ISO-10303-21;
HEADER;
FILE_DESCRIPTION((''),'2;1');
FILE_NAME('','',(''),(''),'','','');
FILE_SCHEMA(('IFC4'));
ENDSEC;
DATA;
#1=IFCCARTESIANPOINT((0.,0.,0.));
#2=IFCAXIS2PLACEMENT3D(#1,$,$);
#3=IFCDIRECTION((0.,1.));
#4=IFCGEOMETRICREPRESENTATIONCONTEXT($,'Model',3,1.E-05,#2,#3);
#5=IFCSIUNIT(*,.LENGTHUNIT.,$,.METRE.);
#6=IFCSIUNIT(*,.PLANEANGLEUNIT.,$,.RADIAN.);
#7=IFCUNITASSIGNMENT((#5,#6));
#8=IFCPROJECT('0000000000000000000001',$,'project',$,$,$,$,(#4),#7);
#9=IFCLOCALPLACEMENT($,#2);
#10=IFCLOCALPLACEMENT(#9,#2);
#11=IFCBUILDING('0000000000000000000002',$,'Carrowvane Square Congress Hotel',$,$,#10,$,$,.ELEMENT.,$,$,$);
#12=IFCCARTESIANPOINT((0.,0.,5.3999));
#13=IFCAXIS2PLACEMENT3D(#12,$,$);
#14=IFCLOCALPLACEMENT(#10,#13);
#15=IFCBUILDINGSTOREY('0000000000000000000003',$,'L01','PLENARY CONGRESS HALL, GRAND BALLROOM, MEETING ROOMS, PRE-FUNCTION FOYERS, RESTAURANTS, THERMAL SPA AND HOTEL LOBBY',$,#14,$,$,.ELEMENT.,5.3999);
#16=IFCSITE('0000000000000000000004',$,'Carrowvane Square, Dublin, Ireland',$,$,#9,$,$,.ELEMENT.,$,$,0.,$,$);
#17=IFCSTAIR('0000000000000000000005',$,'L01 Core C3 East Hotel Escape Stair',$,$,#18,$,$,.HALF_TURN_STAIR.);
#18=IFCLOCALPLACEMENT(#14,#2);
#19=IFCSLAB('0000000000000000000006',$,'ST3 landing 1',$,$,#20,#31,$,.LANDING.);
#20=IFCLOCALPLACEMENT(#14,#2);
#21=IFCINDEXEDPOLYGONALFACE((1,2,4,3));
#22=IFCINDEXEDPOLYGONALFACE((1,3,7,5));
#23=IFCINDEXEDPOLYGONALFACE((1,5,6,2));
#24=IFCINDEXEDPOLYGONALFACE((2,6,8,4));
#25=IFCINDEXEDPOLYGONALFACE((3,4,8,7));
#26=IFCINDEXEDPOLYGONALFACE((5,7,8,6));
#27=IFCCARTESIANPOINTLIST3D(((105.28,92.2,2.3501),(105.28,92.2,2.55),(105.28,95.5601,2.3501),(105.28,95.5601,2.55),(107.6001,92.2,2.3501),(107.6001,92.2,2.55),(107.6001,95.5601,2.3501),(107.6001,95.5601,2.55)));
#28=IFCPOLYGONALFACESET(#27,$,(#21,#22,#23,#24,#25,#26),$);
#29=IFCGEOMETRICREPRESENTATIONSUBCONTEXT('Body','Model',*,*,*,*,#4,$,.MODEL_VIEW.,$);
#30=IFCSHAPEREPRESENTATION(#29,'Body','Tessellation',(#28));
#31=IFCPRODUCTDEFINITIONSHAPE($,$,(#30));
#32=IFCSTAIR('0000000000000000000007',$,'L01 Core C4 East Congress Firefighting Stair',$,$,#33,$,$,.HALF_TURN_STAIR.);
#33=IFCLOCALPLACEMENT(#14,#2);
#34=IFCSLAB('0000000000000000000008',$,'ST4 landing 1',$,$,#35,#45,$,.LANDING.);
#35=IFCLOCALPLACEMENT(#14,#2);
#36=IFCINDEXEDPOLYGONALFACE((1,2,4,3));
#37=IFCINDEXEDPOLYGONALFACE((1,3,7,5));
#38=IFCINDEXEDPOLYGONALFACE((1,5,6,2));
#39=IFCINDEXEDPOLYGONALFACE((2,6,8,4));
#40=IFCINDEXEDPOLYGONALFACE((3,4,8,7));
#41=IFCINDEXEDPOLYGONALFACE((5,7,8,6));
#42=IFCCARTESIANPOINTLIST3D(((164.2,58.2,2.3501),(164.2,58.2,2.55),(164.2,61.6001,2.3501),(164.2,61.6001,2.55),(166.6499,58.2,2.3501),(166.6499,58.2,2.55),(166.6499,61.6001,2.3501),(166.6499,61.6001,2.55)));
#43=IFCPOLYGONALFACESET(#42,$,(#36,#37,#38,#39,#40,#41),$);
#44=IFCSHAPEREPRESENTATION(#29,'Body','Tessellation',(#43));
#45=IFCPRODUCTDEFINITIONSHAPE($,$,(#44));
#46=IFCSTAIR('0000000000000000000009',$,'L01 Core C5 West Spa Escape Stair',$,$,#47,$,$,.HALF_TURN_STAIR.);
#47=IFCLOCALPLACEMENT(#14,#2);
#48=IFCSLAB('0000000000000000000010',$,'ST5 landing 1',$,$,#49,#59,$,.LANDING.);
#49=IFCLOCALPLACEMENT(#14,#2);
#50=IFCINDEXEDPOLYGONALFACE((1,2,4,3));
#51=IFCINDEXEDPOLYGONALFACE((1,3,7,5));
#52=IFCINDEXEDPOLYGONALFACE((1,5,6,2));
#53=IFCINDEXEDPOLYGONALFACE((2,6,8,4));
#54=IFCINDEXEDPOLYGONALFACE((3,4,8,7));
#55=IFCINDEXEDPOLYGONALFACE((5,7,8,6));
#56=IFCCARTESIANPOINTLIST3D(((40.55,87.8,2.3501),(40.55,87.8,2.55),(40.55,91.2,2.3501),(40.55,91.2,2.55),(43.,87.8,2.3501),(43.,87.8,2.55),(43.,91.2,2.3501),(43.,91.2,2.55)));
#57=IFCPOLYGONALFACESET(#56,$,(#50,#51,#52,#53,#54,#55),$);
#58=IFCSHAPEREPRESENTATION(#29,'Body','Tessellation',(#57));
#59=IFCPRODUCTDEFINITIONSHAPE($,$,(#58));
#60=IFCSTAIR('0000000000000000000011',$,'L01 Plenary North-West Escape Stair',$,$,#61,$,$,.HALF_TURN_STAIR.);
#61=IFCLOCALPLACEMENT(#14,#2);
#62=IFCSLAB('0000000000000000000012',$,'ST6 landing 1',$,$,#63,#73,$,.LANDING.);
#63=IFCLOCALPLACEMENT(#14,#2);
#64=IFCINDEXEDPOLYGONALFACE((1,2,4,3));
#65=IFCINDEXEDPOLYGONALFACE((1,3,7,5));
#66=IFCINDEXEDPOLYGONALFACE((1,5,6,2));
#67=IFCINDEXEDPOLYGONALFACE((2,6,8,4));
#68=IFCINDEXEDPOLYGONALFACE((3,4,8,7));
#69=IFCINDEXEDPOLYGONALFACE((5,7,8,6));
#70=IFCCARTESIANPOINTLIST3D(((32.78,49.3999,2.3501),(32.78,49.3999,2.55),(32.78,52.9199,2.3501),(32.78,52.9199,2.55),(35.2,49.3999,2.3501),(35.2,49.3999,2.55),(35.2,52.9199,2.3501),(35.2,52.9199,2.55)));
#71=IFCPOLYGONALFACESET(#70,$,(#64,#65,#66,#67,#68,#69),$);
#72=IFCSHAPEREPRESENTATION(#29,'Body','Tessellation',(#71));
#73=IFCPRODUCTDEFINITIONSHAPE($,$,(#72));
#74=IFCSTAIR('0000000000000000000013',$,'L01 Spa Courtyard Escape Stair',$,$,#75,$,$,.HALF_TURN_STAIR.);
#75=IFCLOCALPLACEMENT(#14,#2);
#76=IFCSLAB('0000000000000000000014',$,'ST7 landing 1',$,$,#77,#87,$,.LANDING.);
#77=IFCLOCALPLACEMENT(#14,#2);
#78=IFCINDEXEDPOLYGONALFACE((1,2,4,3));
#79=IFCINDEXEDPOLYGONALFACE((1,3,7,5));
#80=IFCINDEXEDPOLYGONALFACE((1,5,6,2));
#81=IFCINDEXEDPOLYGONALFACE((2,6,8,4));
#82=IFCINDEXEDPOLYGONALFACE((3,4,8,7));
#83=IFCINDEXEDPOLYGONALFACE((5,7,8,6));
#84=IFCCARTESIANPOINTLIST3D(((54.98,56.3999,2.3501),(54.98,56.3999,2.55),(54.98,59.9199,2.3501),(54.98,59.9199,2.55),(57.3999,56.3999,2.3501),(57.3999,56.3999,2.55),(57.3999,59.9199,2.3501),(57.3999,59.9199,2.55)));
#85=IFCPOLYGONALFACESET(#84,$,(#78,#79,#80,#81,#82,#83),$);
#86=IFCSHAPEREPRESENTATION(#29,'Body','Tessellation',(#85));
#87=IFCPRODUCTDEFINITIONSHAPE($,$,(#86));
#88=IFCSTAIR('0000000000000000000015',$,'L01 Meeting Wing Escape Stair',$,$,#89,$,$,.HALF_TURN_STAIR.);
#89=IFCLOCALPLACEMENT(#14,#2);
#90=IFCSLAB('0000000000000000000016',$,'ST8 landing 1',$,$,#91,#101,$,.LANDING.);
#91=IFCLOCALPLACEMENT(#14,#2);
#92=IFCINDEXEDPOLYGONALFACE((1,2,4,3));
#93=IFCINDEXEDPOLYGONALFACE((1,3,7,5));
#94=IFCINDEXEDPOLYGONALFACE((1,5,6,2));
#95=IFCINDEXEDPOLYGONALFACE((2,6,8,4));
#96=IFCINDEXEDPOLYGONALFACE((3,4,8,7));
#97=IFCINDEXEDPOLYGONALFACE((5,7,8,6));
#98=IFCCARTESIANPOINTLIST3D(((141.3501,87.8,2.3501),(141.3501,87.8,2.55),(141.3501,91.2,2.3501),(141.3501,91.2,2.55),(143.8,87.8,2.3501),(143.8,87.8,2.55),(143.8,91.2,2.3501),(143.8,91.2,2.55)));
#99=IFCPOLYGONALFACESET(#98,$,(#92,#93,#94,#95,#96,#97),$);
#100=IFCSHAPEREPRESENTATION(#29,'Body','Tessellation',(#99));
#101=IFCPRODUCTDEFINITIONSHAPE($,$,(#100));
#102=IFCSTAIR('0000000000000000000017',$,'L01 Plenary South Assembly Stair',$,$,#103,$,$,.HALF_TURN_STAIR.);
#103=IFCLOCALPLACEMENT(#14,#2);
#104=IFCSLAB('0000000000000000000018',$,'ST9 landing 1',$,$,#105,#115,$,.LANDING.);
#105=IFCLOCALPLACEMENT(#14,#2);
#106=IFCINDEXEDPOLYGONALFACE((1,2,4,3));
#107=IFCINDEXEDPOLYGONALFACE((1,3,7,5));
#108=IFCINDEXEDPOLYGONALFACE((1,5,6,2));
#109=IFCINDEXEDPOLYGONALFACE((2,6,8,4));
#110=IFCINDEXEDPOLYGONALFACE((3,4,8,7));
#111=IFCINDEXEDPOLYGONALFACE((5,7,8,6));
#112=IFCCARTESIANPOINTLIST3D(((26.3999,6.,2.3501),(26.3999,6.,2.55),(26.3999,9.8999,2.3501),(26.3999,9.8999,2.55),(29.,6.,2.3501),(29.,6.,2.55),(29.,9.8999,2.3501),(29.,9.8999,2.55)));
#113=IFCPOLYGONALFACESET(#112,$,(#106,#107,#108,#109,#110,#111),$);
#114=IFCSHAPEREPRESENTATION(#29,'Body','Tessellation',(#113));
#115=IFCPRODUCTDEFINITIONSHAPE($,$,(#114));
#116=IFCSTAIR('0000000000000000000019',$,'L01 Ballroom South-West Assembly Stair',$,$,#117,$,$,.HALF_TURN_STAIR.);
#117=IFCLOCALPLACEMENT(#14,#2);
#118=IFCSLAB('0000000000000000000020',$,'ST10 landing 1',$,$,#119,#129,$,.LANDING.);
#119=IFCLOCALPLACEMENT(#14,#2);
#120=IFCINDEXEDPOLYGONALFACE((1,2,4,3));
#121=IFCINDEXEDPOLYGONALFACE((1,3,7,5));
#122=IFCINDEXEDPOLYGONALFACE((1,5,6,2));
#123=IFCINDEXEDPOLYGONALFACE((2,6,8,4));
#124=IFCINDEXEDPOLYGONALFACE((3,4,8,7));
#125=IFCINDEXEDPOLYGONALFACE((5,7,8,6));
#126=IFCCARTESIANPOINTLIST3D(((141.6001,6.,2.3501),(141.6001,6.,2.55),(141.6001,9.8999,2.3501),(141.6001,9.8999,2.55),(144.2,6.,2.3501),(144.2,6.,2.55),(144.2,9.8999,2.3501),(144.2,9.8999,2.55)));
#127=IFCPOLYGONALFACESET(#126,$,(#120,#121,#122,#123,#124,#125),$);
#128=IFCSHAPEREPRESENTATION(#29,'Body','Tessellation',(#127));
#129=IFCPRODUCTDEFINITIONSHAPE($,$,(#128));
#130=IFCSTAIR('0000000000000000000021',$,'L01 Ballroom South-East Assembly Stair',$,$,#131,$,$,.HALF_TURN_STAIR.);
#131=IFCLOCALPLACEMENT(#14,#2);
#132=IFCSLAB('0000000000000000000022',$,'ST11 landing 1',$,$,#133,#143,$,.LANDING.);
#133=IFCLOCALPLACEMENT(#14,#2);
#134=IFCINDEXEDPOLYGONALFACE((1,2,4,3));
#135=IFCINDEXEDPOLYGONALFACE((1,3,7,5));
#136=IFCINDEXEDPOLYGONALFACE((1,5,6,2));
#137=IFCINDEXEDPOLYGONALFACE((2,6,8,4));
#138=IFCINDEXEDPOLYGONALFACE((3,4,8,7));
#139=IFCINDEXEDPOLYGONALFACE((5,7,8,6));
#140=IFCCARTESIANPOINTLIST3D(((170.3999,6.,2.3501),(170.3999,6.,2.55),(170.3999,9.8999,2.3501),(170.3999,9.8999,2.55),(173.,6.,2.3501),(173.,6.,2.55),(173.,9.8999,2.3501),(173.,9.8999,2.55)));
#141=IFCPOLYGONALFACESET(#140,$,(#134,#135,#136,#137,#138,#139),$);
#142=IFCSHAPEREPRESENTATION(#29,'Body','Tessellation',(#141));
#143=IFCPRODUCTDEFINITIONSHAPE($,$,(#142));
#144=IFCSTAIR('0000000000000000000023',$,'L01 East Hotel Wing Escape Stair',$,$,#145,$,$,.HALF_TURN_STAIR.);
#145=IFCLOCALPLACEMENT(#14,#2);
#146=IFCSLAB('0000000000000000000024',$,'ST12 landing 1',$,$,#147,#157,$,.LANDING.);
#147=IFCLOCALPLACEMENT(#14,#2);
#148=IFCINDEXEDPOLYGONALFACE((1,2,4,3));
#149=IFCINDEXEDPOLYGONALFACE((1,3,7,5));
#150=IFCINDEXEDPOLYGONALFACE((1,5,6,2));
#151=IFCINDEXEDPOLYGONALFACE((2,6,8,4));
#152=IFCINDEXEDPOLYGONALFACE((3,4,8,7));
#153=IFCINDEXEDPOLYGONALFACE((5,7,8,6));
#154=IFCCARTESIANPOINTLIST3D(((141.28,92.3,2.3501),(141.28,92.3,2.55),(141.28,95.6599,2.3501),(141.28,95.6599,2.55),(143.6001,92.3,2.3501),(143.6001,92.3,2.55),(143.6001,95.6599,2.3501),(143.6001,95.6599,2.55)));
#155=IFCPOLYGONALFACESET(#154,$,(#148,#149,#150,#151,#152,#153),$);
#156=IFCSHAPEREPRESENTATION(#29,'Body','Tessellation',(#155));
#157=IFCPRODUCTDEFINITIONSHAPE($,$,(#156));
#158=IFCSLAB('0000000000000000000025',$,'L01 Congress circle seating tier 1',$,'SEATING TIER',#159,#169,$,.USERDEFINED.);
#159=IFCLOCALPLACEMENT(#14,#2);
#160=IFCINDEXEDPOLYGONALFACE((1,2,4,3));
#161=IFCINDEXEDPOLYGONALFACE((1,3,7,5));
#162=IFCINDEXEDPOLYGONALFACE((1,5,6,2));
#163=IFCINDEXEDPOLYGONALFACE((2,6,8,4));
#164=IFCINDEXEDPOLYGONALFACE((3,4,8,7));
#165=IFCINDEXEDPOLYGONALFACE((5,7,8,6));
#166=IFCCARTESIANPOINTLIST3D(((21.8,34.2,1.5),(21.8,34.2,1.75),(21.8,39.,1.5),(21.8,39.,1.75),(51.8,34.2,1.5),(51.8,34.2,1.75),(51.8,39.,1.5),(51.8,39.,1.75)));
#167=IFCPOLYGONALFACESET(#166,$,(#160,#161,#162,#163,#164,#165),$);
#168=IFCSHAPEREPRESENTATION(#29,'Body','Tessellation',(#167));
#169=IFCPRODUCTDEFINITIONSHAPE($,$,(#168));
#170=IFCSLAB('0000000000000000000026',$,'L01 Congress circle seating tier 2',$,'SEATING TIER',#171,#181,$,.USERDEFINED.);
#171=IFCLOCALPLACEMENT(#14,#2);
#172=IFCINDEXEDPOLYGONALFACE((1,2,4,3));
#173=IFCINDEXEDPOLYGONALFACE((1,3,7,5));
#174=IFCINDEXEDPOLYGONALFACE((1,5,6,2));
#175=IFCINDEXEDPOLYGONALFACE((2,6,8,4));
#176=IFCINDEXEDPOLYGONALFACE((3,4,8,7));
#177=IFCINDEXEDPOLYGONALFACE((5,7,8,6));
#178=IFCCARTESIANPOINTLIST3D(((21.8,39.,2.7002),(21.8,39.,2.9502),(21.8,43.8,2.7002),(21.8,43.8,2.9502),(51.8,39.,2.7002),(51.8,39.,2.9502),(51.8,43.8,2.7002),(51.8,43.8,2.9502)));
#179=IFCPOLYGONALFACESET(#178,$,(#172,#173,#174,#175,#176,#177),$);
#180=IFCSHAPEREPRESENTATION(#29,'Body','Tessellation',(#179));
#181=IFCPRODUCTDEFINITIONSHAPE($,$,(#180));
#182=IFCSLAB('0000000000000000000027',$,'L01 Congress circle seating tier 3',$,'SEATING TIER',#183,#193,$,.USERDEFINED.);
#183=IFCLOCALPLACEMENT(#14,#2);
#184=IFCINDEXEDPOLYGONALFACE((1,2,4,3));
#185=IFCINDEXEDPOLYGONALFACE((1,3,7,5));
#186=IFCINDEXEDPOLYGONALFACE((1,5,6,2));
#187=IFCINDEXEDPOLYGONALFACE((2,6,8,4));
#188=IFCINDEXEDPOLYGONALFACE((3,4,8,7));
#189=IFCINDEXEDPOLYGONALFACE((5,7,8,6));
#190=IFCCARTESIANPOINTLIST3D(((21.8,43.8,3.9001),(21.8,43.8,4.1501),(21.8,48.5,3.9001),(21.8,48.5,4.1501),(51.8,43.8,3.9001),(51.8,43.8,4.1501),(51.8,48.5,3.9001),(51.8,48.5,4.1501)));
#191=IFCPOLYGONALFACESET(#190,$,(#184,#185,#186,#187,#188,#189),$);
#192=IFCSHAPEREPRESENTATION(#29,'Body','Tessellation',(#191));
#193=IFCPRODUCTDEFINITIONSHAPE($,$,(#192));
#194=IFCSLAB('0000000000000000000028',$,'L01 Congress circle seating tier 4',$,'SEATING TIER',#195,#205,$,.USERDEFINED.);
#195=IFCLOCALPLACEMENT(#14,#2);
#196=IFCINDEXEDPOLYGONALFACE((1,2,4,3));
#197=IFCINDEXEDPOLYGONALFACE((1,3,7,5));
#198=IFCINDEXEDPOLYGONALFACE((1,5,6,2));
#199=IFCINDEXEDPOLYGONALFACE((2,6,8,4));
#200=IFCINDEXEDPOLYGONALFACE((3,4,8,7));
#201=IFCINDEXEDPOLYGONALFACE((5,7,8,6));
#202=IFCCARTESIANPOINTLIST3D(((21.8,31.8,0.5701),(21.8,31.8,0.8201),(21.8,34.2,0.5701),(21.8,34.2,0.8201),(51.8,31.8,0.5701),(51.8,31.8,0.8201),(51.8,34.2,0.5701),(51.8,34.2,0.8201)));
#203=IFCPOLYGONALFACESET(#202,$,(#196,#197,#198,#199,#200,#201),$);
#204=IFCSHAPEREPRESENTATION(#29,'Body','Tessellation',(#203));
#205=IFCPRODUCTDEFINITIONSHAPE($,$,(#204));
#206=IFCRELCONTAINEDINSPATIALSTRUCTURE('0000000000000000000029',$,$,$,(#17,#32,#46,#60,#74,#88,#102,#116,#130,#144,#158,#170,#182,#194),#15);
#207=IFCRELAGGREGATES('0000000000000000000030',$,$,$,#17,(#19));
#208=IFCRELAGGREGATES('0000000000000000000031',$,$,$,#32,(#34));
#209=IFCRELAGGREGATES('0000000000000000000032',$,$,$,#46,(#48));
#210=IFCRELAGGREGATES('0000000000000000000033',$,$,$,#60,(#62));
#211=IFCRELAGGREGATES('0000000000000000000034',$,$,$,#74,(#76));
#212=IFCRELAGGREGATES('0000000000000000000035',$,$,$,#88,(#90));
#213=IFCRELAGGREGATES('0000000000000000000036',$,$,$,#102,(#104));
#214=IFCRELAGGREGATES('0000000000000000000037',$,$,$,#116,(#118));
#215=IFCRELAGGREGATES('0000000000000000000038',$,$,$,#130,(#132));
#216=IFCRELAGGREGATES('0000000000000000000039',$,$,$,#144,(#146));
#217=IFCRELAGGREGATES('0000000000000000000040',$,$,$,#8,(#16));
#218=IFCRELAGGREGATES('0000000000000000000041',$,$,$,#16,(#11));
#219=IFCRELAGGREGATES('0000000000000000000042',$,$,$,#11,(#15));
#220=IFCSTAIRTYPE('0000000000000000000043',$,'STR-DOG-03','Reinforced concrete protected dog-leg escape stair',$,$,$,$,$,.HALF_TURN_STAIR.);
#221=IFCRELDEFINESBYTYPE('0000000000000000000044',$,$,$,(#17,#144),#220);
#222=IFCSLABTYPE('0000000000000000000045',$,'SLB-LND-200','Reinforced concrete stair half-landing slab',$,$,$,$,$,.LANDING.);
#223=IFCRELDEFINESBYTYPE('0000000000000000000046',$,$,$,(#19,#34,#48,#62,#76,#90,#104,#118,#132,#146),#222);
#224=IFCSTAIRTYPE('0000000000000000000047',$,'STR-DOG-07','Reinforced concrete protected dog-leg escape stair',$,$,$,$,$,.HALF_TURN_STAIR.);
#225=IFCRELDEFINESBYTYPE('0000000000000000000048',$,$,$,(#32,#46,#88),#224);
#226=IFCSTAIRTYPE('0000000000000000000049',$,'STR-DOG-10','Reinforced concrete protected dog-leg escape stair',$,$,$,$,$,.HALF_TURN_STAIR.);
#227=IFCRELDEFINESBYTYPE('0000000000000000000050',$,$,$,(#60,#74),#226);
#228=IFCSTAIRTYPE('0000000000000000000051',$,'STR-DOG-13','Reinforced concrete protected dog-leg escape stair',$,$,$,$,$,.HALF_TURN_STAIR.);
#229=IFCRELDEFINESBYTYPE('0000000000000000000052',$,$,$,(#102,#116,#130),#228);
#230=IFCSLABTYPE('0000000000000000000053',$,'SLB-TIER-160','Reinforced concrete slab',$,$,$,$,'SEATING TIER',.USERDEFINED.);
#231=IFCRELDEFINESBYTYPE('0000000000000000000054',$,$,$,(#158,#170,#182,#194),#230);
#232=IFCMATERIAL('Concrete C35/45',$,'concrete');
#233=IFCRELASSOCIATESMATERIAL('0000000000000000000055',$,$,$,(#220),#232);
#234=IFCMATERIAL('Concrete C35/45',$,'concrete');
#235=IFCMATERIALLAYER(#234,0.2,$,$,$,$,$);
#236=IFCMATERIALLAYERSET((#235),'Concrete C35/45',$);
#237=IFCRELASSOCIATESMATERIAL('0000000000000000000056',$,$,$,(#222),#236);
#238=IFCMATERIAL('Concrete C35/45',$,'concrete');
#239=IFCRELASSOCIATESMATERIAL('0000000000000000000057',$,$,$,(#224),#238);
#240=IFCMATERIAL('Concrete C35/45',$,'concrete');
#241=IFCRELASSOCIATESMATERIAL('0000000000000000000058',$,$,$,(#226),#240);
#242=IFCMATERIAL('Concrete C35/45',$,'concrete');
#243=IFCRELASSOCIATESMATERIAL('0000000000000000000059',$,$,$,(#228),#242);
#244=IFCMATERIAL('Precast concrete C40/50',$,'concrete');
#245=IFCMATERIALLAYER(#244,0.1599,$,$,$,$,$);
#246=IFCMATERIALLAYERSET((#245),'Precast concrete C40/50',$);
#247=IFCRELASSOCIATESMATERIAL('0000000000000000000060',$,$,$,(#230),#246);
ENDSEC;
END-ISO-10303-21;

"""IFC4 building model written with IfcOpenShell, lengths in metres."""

from ifc_helpers import new_model, si_unit, direction, frame, origin, place, context, subcontext, project, spatial, polyline, outline, extrude, material, layer, layer_set, type_object, element, aggregate, save


model = new_model("IFC4")

# Units and contexts
model_context = context("Model", 3, precision=1e-05, world=origin(), true_north=direction((0.0, 1.0)))
body_context = subcontext(model_context, "Body", "Model", "MODEL_VIEW")
ifc_project = project(units=[si_unit("LENGTHUNIT", "METRE"), si_unit("PLANEANGLEUNIT", "RADIAN")], contexts=[model_context])

# Site, building, storey
site_placement = place(None, origin())
site = spatial("IfcSite", under=ifc_project, at=site_placement, Name="Carrowvane Square, Dublin, Ireland", CompositionType="ELEMENT", RefElevation=0.0)
building_placement = place(site_placement, origin())
building = spatial("IfcBuilding", under=site, at=building_placement, Name="Carrowvane Square Congress Hotel", CompositionType="ELEMENT")
storey_placement = place(building_placement, frame((0.0, 0.0, 5.3999)))
storey = spatial("IfcBuildingStorey", under=building, at=storey_placement, Name="L01", Description="PLENARY CONGRESS HALL, GRAND BALLROOM, MEETING ROOMS, PRE-FUNCTION FOYERS, RESTAURANTS, THERMAL SPA AND HOTEL LOBBY", CompositionType="ELEMENT", Elevation=5.3999)

# Stairs, slabs
ifc_material_1 = material(Name="Concrete C35/45", Category="concrete")
stair_type_1 = type_object("IfcStairType", Name="STR-DOG-03", Description="Reinforced concrete protected dog-leg escape stair", PredefinedType="HALF_TURN_STAIR", material=ifc_material_1)
ifc_material_2 = material(Name="Concrete C35/45", Category="concrete")
ifc_layer_1 = layer(ifc_material_2, 0.2)
ifc_layer_set_1 = layer_set([ifc_layer_1], Name="Concrete C35/45")
slab_type_1 = type_object("IfcSlabType", Name="SLB-LND-200", Description="Reinforced concrete stair half-landing slab", PredefinedType="LANDING", material=ifc_layer_set_1)
stair_1_placement = place(storey_placement, origin())
stair_1 = element("IfcStair", 1, at=stair_1_placement, inside=storey, type_object=stair_type_1, Name="L01 Core C3 East Hotel Escape Stair", PredefinedType="HALF_TURN_STAIR")
slab_1_placement = place(storey_placement, frame((0.0, 0.0, 2.3501)))
slab_1 = element("IfcSlab", 2, at=slab_1_placement, type_object=slab_type_1, Name="ST3 landing 1", PredefinedType="LANDING", context=body_context, shape_type="SweptSolid", body=[
    extrude(outline(polyline([(105.28, 92.2), (107.6001, 92.2), (107.6001, 95.5601), (105.28, 95.5601), (105.28, 92.2)])), origin(), (0.0, 0.0, 1.0), 0.2),
])
aggregate(stair_1, [slab_1])
ifc_material_3 = material(Name="Concrete C35/45", Category="concrete")
stair_type_2 = type_object("IfcStairType", Name="STR-DOG-07", Description="Reinforced concrete protected dog-leg escape stair", PredefinedType="HALF_TURN_STAIR", material=ifc_material_3)
stair_2_placement = place(storey_placement, origin())
stair_2 = element("IfcStair", 3, at=stair_2_placement, inside=storey, type_object=stair_type_2, Name="L01 Core C4 East Congress Firefighting Stair", PredefinedType="HALF_TURN_STAIR")
slab_2_placement = place(storey_placement, frame((0.0, 0.0, 2.3501)))
slab_2 = element("IfcSlab", 4, at=slab_2_placement, type_object=slab_type_1, Name="ST4 landing 1", PredefinedType="LANDING", context=body_context, shape_type="SweptSolid", body=[
    extrude(outline(polyline([(166.6499, 61.6001), (164.2, 61.6001), (164.2, 58.2), (166.6499, 58.2), (166.6499, 61.6001)])), origin(), (0.0, 0.0, 1.0), 0.2),
])
aggregate(stair_2, [slab_2])
stair_3_placement = place(storey_placement, origin())
stair_3 = element("IfcStair", 5, at=stair_3_placement, inside=storey, type_object=stair_type_2, Name="L01 Core C5 West Spa Escape Stair", PredefinedType="HALF_TURN_STAIR")
slab_3_placement = place(storey_placement, frame((0.0, 0.0, 2.3501)))
slab_3 = element("IfcSlab", 6, at=slab_3_placement, type_object=slab_type_1, Name="ST5 landing 1", PredefinedType="LANDING", context=body_context, shape_type="SweptSolid", body=[
    extrude(outline(polyline([(40.55, 87.8), (43.0, 87.8), (43.0, 91.2), (40.55, 91.2), (40.55, 87.8)])), origin(), (0.0, 0.0, 1.0), 0.2),
])
aggregate(stair_3, [slab_3])
ifc_material_4 = material(Name="Concrete C35/45", Category="concrete")
stair_type_3 = type_object("IfcStairType", Name="STR-DOG-10", Description="Reinforced concrete protected dog-leg escape stair", PredefinedType="HALF_TURN_STAIR", material=ifc_material_4)
stair_4_placement = place(storey_placement, origin())
stair_4 = element("IfcStair", 7, at=stair_4_placement, inside=storey, type_object=stair_type_3, Name="L01 Plenary North-West Escape Stair", PredefinedType="HALF_TURN_STAIR")
slab_4_placement = place(storey_placement, frame((0.0, 0.0, 2.3501)))
slab_4 = element("IfcSlab", 8, at=slab_4_placement, type_object=slab_type_1, Name="ST6 landing 1", PredefinedType="LANDING", context=body_context, shape_type="SweptSolid", body=[
    extrude(outline(polyline([(32.78, 49.3999), (35.2, 49.3999), (35.2, 52.9199), (32.78, 52.9199), (32.78, 49.3999)])), origin(), (0.0, 0.0, 1.0), 0.2),
])
aggregate(stair_4, [slab_4])
stair_5_placement = place(storey_placement, origin())
stair_5 = element("IfcStair", 9, at=stair_5_placement, inside=storey, type_object=stair_type_3, Name="L01 Spa Courtyard Escape Stair", PredefinedType="HALF_TURN_STAIR")
slab_5_placement = place(storey_placement, frame((0.0, 0.0, 2.3501)))
slab_5 = element("IfcSlab", 10, at=slab_5_placement, type_object=slab_type_1, Name="ST7 landing 1", PredefinedType="LANDING", context=body_context, shape_type="SweptSolid", body=[
    extrude(outline(polyline([(54.98, 56.3999), (57.3999, 56.3999), (57.3999, 59.9199), (54.98, 59.9199), (54.98, 56.3999)])), origin(), (0.0, 0.0, 1.0), 0.2),
])
aggregate(stair_5, [slab_5])
stair_6_placement = place(storey_placement, origin())
stair_6 = element("IfcStair", 11, at=stair_6_placement, inside=storey, type_object=stair_type_2, Name="L01 Meeting Wing Escape Stair", PredefinedType="HALF_TURN_STAIR")
slab_6_placement = place(storey_placement, frame((0.0, 0.0, 2.3501)))
slab_6 = element("IfcSlab", 12, at=slab_6_placement, type_object=slab_type_1, Name="ST8 landing 1", PredefinedType="LANDING", context=body_context, shape_type="SweptSolid", body=[
    extrude(outline(polyline([(141.3501, 87.8), (143.8, 87.8), (143.8, 91.2), (141.3501, 91.2), (141.3501, 87.8)])), origin(), (0.0, 0.0, 1.0), 0.2),
])
aggregate(stair_6, [slab_6])
ifc_material_5 = material(Name="Concrete C35/45", Category="concrete")
stair_type_4 = type_object("IfcStairType", Name="STR-DOG-13", Description="Reinforced concrete protected dog-leg escape stair", PredefinedType="HALF_TURN_STAIR", material=ifc_material_5)
stair_7_placement = place(storey_placement, origin())
stair_7 = element("IfcStair", 13, at=stair_7_placement, inside=storey, type_object=stair_type_4, Name="L01 Plenary South Assembly Stair", PredefinedType="HALF_TURN_STAIR")
slab_7_placement = place(storey_placement, frame((0.0, 0.0, 2.3501)))
slab_7 = element("IfcSlab", 14, at=slab_7_placement, type_object=slab_type_1, Name="ST9 landing 1", PredefinedType="LANDING", context=body_context, shape_type="SweptSolid", body=[
    extrude(outline(polyline([(26.3999, 6.0), (29.0, 6.0), (29.0, 9.8999), (26.3999, 9.8999), (26.3999, 6.0)])), origin(), (0.0, 0.0, 1.0), 0.2),
])
aggregate(stair_7, [slab_7])
stair_8_placement = place(storey_placement, origin())
stair_8 = element("IfcStair", 15, at=stair_8_placement, inside=storey, type_object=stair_type_4, Name="L01 Ballroom South-West Assembly Stair", PredefinedType="HALF_TURN_STAIR")
slab_8_placement = place(storey_placement, frame((0.0, 0.0, 2.3501)))
slab_8 = element("IfcSlab", 16, at=slab_8_placement, type_object=slab_type_1, Name="ST10 landing 1", PredefinedType="LANDING", context=body_context, shape_type="SweptSolid", body=[
    extrude(outline(polyline([(141.6001, 6.0), (144.2, 6.0), (144.2, 9.8999), (141.6001, 9.8999), (141.6001, 6.0)])), origin(), (0.0, 0.0, 1.0), 0.2),
])
aggregate(stair_8, [slab_8])
stair_9_placement = place(storey_placement, origin())
stair_9 = element("IfcStair", 17, at=stair_9_placement, inside=storey, type_object=stair_type_4, Name="L01 Ballroom South-East Assembly Stair", PredefinedType="HALF_TURN_STAIR")
slab_9_placement = place(storey_placement, frame((0.0, 0.0, 2.3501)))
slab_9 = element("IfcSlab", 18, at=slab_9_placement, type_object=slab_type_1, Name="ST11 landing 1", PredefinedType="LANDING", context=body_context, shape_type="SweptSolid", body=[
    extrude(outline(polyline([(170.3999, 6.0), (173.0, 6.0), (173.0, 9.8999), (170.3999, 9.8999), (170.3999, 6.0)])), origin(), (0.0, 0.0, 1.0), 0.2),
])
aggregate(stair_9, [slab_9])
stair_10_placement = place(storey_placement, origin())
stair_10 = element("IfcStair", 19, at=stair_10_placement, inside=storey, type_object=stair_type_1, Name="L01 East Hotel Wing Escape Stair", PredefinedType="HALF_TURN_STAIR")
slab_10_placement = place(storey_placement, frame((0.0, 0.0, 2.3501)))
slab_10 = element("IfcSlab", 20, at=slab_10_placement, type_object=slab_type_1, Name="ST12 landing 1", PredefinedType="LANDING", context=body_context, shape_type="SweptSolid", body=[
    extrude(outline(polyline([(141.28, 92.3), (143.6001, 92.3), (143.6001, 95.6599), (141.28, 95.6599), (141.28, 92.3)])), origin(), (0.0, 0.0, 1.0), 0.2),
])
aggregate(stair_10, [slab_10])

# Slabs
ifc_material_6 = material(Name="Precast concrete C40/50", Category="concrete")
ifc_layer_2 = layer(ifc_material_6, 0.1599)
ifc_layer_set_2 = layer_set([ifc_layer_2], Name="Precast concrete C40/50")
slab_type_2 = type_object("IfcSlabType", Name="SLB-TIER-160", Description="Reinforced concrete slab", ElementType="SEATING TIER", PredefinedType="USERDEFINED", material=ifc_layer_set_2)
slab_11_placement = place(storey_placement, frame((0.0, 0.0, 1.5)))
element("IfcSlab", 21, at=slab_11_placement, inside=storey, type_object=slab_type_2, Name="L01 Congress circle seating tier 1", ObjectType="SEATING TIER", PredefinedType="USERDEFINED", context=body_context, shape_type="SweptSolid", body=[
    extrude(outline(polyline([(21.8, 34.2), (51.8, 34.2), (51.8, 39.0), (21.8, 39.0), (21.8, 34.2)])), origin(), (0.0, 0.0, 1.0), 0.25),
])
slab_12_placement = place(storey_placement, frame((0.0, 0.0, 2.7002)))
element("IfcSlab", 22, at=slab_12_placement, inside=storey, type_object=slab_type_2, Name="L01 Congress circle seating tier 2", ObjectType="SEATING TIER", PredefinedType="USERDEFINED", context=body_context, shape_type="SweptSolid", body=[
    extrude(outline(polyline([(21.8, 39.0), (51.8, 39.0), (51.8, 43.8), (21.8, 43.8), (21.8, 39.0)])), origin(), (0.0, 0.0, 1.0), 0.25),
])
slab_13_placement = place(storey_placement, frame((0.0, 0.0, 3.9001)))
element("IfcSlab", 23, at=slab_13_placement, inside=storey, type_object=slab_type_2, Name="L01 Congress circle seating tier 3", ObjectType="SEATING TIER", PredefinedType="USERDEFINED", context=body_context, shape_type="SweptSolid", body=[
    extrude(outline(polyline([(21.8, 43.8), (51.8, 43.8), (51.8, 48.5), (21.8, 48.5), (21.8, 43.8)])), origin(), (0.0, 0.0, 1.0), 0.25),
])
slab_14_placement = place(storey_placement, frame((0.0, 0.0, 0.5701)))
element("IfcSlab", 24, at=slab_14_placement, inside=storey, type_object=slab_type_2, Name="L01 Congress circle seating tier 4", ObjectType="SEATING TIER", PredefinedType="USERDEFINED", context=body_context, shape_type="SweptSolid", body=[
    extrude(outline(polyline([(21.8, 31.8), (51.8, 31.8), (51.8, 34.2), (21.8, 34.2), (21.8, 31.8)])), origin(), (0.0, 0.0, 1.0), 0.25),
])

save(model, "model.ifc")
